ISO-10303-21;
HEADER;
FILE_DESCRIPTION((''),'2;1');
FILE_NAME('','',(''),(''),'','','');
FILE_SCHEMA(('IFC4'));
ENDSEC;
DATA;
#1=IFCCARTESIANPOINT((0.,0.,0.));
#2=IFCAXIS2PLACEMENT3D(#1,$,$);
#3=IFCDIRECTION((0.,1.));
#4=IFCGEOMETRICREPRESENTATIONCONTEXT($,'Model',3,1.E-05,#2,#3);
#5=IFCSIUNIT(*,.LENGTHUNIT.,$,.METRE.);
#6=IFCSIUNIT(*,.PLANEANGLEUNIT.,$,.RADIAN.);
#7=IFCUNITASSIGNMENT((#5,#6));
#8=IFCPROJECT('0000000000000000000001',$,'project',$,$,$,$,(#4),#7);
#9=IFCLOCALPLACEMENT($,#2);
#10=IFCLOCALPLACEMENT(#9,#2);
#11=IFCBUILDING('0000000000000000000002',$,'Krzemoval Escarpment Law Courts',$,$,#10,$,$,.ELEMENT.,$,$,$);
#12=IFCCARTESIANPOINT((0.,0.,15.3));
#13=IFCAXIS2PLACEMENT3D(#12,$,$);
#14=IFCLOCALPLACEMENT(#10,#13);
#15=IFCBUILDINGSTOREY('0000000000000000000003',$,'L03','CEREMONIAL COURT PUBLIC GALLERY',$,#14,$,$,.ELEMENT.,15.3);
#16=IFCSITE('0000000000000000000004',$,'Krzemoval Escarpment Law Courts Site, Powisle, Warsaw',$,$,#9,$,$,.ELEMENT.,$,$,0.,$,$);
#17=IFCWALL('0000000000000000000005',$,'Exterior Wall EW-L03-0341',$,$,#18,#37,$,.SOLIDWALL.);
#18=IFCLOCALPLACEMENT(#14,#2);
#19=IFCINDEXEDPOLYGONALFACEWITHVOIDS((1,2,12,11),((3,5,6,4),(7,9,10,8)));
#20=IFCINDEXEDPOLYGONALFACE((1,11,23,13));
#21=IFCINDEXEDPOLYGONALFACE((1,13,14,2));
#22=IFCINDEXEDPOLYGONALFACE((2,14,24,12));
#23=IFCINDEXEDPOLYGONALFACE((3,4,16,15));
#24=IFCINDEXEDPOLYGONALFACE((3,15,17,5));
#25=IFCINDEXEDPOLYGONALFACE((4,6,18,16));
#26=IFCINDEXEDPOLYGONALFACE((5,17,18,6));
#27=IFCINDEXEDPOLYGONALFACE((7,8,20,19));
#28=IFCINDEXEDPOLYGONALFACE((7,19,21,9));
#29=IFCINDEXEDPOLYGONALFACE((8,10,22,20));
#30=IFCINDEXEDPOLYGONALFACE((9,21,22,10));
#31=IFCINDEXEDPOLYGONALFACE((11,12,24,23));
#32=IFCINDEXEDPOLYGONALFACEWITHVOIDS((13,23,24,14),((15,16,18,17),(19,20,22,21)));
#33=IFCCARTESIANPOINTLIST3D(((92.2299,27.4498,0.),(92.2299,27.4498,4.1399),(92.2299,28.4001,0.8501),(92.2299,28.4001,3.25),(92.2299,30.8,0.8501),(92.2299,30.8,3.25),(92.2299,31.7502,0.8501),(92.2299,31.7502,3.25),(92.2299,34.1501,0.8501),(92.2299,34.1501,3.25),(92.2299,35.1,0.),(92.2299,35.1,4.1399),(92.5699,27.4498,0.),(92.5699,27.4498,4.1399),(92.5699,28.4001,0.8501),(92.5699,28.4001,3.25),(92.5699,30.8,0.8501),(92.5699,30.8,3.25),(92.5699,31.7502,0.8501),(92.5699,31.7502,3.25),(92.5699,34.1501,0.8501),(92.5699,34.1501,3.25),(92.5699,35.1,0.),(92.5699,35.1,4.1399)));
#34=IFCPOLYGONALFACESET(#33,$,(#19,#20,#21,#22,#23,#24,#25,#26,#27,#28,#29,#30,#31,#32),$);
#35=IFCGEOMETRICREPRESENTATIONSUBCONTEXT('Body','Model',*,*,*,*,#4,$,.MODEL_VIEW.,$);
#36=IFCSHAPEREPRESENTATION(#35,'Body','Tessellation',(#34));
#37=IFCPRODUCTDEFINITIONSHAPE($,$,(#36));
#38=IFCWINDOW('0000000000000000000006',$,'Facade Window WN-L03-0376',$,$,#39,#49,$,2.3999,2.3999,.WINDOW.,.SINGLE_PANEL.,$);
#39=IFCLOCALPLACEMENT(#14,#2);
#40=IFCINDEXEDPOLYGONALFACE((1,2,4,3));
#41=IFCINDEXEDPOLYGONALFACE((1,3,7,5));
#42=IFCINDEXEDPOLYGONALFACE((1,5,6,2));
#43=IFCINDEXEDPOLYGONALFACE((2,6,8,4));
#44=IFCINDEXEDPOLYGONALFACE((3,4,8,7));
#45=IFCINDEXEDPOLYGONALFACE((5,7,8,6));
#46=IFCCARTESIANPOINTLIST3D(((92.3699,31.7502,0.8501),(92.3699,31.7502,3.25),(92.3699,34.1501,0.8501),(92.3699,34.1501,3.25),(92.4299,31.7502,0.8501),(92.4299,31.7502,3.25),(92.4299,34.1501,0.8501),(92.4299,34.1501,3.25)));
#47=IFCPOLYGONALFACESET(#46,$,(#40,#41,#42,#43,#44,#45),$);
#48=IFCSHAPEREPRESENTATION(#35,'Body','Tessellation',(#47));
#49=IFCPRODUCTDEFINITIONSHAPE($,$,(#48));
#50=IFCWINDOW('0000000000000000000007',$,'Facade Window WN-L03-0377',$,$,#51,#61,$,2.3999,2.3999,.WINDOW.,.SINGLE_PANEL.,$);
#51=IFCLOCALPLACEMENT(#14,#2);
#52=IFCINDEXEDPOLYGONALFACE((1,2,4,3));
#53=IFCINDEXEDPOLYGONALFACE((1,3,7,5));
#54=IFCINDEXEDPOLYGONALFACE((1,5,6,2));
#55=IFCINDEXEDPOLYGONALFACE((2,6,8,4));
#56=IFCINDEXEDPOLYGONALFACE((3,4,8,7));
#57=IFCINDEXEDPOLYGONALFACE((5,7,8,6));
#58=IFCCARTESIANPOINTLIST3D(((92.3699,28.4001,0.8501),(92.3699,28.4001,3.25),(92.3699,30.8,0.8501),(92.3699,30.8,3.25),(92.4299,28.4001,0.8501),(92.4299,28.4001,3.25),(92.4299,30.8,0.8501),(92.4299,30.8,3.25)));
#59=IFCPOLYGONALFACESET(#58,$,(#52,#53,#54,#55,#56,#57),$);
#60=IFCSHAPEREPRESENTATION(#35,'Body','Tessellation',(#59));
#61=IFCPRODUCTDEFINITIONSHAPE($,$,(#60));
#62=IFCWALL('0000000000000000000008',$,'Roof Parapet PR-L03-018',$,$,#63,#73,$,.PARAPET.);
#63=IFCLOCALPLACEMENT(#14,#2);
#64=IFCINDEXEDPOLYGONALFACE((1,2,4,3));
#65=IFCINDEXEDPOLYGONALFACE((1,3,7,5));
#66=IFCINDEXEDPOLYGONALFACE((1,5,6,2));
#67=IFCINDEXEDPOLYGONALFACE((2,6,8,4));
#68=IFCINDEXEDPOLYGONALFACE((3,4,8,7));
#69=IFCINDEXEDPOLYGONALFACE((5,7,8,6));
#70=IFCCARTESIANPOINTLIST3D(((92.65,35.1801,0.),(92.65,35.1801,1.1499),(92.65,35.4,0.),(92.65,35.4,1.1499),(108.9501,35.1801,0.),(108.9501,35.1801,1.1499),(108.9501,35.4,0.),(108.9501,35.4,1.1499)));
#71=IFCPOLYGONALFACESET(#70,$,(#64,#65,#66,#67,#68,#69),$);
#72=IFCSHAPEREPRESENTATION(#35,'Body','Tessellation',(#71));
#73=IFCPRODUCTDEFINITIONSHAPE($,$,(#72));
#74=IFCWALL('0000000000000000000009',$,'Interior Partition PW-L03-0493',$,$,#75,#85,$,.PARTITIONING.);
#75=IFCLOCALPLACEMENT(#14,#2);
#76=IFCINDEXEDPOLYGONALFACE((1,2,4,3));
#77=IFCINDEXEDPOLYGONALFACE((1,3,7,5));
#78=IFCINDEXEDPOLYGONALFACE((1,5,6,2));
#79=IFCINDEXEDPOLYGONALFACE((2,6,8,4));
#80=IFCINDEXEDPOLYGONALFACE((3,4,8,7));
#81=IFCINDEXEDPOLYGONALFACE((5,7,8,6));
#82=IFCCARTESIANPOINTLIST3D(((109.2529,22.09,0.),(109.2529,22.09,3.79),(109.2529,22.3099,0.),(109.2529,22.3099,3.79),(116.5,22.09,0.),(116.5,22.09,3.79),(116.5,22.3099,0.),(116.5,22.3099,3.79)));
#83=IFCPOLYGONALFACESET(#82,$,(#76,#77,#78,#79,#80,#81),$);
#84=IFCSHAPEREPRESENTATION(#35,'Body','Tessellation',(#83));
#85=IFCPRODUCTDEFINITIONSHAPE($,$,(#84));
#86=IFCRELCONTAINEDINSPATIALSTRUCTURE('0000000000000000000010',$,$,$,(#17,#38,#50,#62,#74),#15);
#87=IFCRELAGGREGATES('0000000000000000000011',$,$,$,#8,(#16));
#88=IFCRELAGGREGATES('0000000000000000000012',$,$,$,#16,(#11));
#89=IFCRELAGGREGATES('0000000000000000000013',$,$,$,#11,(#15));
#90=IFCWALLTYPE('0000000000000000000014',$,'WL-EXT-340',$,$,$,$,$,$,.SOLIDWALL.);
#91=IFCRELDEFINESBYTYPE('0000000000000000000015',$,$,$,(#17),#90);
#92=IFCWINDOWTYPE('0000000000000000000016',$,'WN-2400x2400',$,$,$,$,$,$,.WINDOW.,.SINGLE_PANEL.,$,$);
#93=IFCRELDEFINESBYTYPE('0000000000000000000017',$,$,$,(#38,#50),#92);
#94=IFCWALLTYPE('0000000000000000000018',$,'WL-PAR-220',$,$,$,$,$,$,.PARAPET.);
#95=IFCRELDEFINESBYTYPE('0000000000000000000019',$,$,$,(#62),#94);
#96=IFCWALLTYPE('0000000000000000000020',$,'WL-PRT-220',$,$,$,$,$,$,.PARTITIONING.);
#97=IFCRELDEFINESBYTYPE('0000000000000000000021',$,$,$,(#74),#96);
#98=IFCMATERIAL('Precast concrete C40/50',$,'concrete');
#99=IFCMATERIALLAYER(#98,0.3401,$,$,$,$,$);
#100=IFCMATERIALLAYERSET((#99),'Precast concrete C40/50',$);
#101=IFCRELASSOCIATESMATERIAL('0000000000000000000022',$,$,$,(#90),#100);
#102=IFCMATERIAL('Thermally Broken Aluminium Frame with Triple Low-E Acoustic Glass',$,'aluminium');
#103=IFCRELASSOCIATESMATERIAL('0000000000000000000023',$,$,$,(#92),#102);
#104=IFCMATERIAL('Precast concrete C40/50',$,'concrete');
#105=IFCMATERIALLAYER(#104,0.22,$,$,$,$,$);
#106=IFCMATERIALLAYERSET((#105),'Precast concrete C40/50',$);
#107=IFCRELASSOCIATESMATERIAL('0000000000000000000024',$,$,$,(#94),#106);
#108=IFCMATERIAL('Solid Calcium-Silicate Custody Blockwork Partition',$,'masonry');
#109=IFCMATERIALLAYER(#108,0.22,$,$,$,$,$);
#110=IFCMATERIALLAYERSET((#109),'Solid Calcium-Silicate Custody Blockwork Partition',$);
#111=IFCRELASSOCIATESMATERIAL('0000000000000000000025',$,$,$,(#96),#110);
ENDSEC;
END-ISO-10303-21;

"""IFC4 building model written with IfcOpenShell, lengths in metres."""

from ifc_helpers import new_model, si_unit, direction, frame, frame_2d, origin, place, context, subcontext, project, spatial, rectangle, extrude, material, layer, layer_set, type_object, element, fill, save


model = new_model("IFC4")

# Units and contexts
model_context = context("Model", 3, precision=1e-05, world=origin(), true_north=direction((0.0, 1.0)))
body_context = subcontext(model_context, "Body", "Model", "MODEL_VIEW")
ifc_project = project(units=[si_unit("LENGTHUNIT", "METRE"), si_unit("PLANEANGLEUNIT", "RADIAN")], contexts=[model_context])

# Site, building, storey
site_placement = place(None, origin())
site = spatial("IfcSite", under=ifc_project, at=site_placement, Name="Krzemoval Escarpment Law Courts Site, Powisle, Warsaw", CompositionType="ELEMENT", RefElevation=0.0)
building_placement = place(site_placement, origin())
building = spatial("IfcBuilding", under=site, at=building_placement, Name="Krzemoval Escarpment Law Courts", CompositionType="ELEMENT")
storey_placement = place(building_placement, frame((0.0, 0.0, 15.3)))
storey = spatial("IfcBuildingStorey", under=building, at=storey_placement, Name="L03", Description="CEREMONIAL COURT PUBLIC GALLERY", CompositionType="ELEMENT", Elevation=15.3)

# Wall, openings, windows
ifc_material_1 = material(Name="Precast concrete C40/50", Category="concrete")
ifc_layer_1 = layer(ifc_material_1, 0.3401)
ifc_layer_set_1 = layer_set([ifc_layer_1], Name="Precast concrete C40/50")
wall_type_1 = type_object("IfcWallType", Name="WL-EXT-340", PredefinedType="SOLIDWALL", material=ifc_layer_set_1)
wall_1_placement = place(storey_placement, frame((92.3999, 35.1001, 0.0), z_axis=(0.0, 0.0, 1.0), x_axis=(0.0, -1.0, 0.0)))
wall_1 = element("IfcWall", 1, at=wall_1_placement, inside=storey, type_object=wall_type_1, Name="Exterior Wall EW-L03-0341", PredefinedType="SOLIDWALL", context=body_context, shape_type="SweptSolid", body=[
    extrude(rectangle(XDim=7.6501, YDim=0.3401, at=frame_2d((3.8252, 0.0))), origin(), (0.0, 0.0, 1.0), 4.1399),
])
opening_1_placement = place(wall_1_placement, frame((0.95, 0.0, 0.8501)))
opening_1 = element("IfcOpeningElement", 2, at=opening_1_placement, cuts=wall_1, PredefinedType="OPENING", context=body_context, shape_type="SweptSolid", body=[
    extrude(rectangle(XDim=2.3999, YDim=2.3999, at=frame_2d((1.2, 1.2))), frame((0.0, 0.185, 0.0), z_axis=(0.0, -1.0, 0.0), x_axis=(1.0, 0.0, 0.0)), (0.0, 0.0, 1.0), 0.3701),
])
opening_2_placement = place(wall_1_placement, frame((4.3, 0.0, 0.8501)))
opening_2 = element("IfcOpeningElement", 3, at=opening_2_placement, cuts=wall_1, PredefinedType="OPENING", context=body_context, shape_type="SweptSolid", body=[
    extrude(rectangle(XDim=2.3999, YDim=2.3999, at=frame_2d((1.2, 1.2))), frame((0.0, 0.185, 0.0), z_axis=(0.0, -1.0, 0.0), x_axis=(1.0, 0.0, 0.0)), (0.0, 0.0, 1.0), 0.3701),
])
ifc_material_2 = material(Name="Thermally Broken Aluminium Frame with Triple Low-E Acoustic Glass", Category="aluminium")
window_type_1 = type_object("IfcWindowType", Name="WN-2400x2400", PartitioningType="SINGLE_PANEL", PredefinedType="WINDOW", material=ifc_material_2)
window_1_placement = place(opening_1_placement, origin())
window_1 = element("IfcWindow", 4, at=window_1_placement, inside=storey, type_object=window_type_1, Name="Facade Window WN-L03-0376", OverallHeight=2.3999, OverallWidth=2.3999, PartitioningType="SINGLE_PANEL", PredefinedType="WINDOW", context=body_context, shape_type="SweptSolid", body=[
    extrude(rectangle(XDim=2.3999, YDim=2.3999, at=frame_2d((1.2, 1.2))), frame((0.0, 0.03, 0.0), z_axis=(0.0, -1.0, 0.0), x_axis=(1.0, 0.0, 0.0)), (0.0, 0.0, 1.0), 0.0601),
])
fill(opening_1, window_1)
window_2_placement = place(opening_2_placement, origin())
window_2 = element("IfcWindow", 5, at=window_2_placement, inside=storey, type_object=window_type_1, Name="Facade Window WN-L03-0377", OverallHeight=2.3999, OverallWidth=2.3999, PartitioningType="SINGLE_PANEL", PredefinedType="WINDOW", context=body_context, shape_type="SweptSolid", body=[
    extrude(rectangle(XDim=2.3999, YDim=2.3999, at=frame_2d((1.2, 1.2))), frame((0.0, 0.03, 0.0), z_axis=(0.0, -1.0, 0.0), x_axis=(1.0, 0.0, 0.0)), (0.0, 0.0, 1.0), 0.0601),
])
fill(opening_2, window_2)

# Walls
ifc_material_3 = material(Name="Precast concrete C40/50", Category="concrete")
ifc_layer_2 = layer(ifc_material_3, 0.22)
ifc_layer_set_2 = layer_set([ifc_layer_2], Name="Precast concrete C40/50")
wall_type_2 = type_object("IfcWallType", Name="WL-PAR-220", PredefinedType="PARAPET", material=ifc_layer_set_2)
wall_2_placement = place(storey_placement, frame((108.95, 35.29, 0.0), z_axis=(0.0, 0.0, 1.0), x_axis=(-1.0, 0.0, 0.0)))
element("IfcWall", 6, at=wall_2_placement, inside=storey, type_object=wall_type_2, Name="Roof Parapet PR-L03-018", PredefinedType="PARAPET", context=body_context, shape_type="SweptSolid", body=[
    extrude(rectangle(XDim=16.3, YDim=0.22, at=frame_2d((8.1499, 0.0))), origin(), (0.0, 0.0, 1.0), 1.1499),
])
ifc_material_4 = material(Name="Solid Calcium-Silicate Custody Blockwork Partition", Category="masonry")
ifc_layer_3 = layer(ifc_material_4, 0.22)
ifc_layer_set_3 = layer_set([ifc_layer_3], Name="Solid Calcium-Silicate Custody Blockwork Partition")
wall_type_3 = type_object("IfcWallType", Name="WL-PRT-220", PredefinedType="PARTITIONING", material=ifc_layer_set_3)
wall_3_placement = place(storey_placement, frame((109.2529, 22.2, 0.0), z_axis=(0.0, 0.0, 1.0), x_axis=(1.0, 0.0, 0.0)))
element("IfcWall", 7, at=wall_3_placement, inside=storey, type_object=wall_type_3, Name="Interior Partition PW-L03-0493", PredefinedType="PARTITIONING", context=body_context, shape_type="SweptSolid", body=[
    extrude(rectangle(XDim=7.2471, YDim=0.22, at=frame_2d((3.6235, 0.0))), origin(), (0.0, 0.0, 1.0), 3.79),
])

save(model, "model.ifc")
